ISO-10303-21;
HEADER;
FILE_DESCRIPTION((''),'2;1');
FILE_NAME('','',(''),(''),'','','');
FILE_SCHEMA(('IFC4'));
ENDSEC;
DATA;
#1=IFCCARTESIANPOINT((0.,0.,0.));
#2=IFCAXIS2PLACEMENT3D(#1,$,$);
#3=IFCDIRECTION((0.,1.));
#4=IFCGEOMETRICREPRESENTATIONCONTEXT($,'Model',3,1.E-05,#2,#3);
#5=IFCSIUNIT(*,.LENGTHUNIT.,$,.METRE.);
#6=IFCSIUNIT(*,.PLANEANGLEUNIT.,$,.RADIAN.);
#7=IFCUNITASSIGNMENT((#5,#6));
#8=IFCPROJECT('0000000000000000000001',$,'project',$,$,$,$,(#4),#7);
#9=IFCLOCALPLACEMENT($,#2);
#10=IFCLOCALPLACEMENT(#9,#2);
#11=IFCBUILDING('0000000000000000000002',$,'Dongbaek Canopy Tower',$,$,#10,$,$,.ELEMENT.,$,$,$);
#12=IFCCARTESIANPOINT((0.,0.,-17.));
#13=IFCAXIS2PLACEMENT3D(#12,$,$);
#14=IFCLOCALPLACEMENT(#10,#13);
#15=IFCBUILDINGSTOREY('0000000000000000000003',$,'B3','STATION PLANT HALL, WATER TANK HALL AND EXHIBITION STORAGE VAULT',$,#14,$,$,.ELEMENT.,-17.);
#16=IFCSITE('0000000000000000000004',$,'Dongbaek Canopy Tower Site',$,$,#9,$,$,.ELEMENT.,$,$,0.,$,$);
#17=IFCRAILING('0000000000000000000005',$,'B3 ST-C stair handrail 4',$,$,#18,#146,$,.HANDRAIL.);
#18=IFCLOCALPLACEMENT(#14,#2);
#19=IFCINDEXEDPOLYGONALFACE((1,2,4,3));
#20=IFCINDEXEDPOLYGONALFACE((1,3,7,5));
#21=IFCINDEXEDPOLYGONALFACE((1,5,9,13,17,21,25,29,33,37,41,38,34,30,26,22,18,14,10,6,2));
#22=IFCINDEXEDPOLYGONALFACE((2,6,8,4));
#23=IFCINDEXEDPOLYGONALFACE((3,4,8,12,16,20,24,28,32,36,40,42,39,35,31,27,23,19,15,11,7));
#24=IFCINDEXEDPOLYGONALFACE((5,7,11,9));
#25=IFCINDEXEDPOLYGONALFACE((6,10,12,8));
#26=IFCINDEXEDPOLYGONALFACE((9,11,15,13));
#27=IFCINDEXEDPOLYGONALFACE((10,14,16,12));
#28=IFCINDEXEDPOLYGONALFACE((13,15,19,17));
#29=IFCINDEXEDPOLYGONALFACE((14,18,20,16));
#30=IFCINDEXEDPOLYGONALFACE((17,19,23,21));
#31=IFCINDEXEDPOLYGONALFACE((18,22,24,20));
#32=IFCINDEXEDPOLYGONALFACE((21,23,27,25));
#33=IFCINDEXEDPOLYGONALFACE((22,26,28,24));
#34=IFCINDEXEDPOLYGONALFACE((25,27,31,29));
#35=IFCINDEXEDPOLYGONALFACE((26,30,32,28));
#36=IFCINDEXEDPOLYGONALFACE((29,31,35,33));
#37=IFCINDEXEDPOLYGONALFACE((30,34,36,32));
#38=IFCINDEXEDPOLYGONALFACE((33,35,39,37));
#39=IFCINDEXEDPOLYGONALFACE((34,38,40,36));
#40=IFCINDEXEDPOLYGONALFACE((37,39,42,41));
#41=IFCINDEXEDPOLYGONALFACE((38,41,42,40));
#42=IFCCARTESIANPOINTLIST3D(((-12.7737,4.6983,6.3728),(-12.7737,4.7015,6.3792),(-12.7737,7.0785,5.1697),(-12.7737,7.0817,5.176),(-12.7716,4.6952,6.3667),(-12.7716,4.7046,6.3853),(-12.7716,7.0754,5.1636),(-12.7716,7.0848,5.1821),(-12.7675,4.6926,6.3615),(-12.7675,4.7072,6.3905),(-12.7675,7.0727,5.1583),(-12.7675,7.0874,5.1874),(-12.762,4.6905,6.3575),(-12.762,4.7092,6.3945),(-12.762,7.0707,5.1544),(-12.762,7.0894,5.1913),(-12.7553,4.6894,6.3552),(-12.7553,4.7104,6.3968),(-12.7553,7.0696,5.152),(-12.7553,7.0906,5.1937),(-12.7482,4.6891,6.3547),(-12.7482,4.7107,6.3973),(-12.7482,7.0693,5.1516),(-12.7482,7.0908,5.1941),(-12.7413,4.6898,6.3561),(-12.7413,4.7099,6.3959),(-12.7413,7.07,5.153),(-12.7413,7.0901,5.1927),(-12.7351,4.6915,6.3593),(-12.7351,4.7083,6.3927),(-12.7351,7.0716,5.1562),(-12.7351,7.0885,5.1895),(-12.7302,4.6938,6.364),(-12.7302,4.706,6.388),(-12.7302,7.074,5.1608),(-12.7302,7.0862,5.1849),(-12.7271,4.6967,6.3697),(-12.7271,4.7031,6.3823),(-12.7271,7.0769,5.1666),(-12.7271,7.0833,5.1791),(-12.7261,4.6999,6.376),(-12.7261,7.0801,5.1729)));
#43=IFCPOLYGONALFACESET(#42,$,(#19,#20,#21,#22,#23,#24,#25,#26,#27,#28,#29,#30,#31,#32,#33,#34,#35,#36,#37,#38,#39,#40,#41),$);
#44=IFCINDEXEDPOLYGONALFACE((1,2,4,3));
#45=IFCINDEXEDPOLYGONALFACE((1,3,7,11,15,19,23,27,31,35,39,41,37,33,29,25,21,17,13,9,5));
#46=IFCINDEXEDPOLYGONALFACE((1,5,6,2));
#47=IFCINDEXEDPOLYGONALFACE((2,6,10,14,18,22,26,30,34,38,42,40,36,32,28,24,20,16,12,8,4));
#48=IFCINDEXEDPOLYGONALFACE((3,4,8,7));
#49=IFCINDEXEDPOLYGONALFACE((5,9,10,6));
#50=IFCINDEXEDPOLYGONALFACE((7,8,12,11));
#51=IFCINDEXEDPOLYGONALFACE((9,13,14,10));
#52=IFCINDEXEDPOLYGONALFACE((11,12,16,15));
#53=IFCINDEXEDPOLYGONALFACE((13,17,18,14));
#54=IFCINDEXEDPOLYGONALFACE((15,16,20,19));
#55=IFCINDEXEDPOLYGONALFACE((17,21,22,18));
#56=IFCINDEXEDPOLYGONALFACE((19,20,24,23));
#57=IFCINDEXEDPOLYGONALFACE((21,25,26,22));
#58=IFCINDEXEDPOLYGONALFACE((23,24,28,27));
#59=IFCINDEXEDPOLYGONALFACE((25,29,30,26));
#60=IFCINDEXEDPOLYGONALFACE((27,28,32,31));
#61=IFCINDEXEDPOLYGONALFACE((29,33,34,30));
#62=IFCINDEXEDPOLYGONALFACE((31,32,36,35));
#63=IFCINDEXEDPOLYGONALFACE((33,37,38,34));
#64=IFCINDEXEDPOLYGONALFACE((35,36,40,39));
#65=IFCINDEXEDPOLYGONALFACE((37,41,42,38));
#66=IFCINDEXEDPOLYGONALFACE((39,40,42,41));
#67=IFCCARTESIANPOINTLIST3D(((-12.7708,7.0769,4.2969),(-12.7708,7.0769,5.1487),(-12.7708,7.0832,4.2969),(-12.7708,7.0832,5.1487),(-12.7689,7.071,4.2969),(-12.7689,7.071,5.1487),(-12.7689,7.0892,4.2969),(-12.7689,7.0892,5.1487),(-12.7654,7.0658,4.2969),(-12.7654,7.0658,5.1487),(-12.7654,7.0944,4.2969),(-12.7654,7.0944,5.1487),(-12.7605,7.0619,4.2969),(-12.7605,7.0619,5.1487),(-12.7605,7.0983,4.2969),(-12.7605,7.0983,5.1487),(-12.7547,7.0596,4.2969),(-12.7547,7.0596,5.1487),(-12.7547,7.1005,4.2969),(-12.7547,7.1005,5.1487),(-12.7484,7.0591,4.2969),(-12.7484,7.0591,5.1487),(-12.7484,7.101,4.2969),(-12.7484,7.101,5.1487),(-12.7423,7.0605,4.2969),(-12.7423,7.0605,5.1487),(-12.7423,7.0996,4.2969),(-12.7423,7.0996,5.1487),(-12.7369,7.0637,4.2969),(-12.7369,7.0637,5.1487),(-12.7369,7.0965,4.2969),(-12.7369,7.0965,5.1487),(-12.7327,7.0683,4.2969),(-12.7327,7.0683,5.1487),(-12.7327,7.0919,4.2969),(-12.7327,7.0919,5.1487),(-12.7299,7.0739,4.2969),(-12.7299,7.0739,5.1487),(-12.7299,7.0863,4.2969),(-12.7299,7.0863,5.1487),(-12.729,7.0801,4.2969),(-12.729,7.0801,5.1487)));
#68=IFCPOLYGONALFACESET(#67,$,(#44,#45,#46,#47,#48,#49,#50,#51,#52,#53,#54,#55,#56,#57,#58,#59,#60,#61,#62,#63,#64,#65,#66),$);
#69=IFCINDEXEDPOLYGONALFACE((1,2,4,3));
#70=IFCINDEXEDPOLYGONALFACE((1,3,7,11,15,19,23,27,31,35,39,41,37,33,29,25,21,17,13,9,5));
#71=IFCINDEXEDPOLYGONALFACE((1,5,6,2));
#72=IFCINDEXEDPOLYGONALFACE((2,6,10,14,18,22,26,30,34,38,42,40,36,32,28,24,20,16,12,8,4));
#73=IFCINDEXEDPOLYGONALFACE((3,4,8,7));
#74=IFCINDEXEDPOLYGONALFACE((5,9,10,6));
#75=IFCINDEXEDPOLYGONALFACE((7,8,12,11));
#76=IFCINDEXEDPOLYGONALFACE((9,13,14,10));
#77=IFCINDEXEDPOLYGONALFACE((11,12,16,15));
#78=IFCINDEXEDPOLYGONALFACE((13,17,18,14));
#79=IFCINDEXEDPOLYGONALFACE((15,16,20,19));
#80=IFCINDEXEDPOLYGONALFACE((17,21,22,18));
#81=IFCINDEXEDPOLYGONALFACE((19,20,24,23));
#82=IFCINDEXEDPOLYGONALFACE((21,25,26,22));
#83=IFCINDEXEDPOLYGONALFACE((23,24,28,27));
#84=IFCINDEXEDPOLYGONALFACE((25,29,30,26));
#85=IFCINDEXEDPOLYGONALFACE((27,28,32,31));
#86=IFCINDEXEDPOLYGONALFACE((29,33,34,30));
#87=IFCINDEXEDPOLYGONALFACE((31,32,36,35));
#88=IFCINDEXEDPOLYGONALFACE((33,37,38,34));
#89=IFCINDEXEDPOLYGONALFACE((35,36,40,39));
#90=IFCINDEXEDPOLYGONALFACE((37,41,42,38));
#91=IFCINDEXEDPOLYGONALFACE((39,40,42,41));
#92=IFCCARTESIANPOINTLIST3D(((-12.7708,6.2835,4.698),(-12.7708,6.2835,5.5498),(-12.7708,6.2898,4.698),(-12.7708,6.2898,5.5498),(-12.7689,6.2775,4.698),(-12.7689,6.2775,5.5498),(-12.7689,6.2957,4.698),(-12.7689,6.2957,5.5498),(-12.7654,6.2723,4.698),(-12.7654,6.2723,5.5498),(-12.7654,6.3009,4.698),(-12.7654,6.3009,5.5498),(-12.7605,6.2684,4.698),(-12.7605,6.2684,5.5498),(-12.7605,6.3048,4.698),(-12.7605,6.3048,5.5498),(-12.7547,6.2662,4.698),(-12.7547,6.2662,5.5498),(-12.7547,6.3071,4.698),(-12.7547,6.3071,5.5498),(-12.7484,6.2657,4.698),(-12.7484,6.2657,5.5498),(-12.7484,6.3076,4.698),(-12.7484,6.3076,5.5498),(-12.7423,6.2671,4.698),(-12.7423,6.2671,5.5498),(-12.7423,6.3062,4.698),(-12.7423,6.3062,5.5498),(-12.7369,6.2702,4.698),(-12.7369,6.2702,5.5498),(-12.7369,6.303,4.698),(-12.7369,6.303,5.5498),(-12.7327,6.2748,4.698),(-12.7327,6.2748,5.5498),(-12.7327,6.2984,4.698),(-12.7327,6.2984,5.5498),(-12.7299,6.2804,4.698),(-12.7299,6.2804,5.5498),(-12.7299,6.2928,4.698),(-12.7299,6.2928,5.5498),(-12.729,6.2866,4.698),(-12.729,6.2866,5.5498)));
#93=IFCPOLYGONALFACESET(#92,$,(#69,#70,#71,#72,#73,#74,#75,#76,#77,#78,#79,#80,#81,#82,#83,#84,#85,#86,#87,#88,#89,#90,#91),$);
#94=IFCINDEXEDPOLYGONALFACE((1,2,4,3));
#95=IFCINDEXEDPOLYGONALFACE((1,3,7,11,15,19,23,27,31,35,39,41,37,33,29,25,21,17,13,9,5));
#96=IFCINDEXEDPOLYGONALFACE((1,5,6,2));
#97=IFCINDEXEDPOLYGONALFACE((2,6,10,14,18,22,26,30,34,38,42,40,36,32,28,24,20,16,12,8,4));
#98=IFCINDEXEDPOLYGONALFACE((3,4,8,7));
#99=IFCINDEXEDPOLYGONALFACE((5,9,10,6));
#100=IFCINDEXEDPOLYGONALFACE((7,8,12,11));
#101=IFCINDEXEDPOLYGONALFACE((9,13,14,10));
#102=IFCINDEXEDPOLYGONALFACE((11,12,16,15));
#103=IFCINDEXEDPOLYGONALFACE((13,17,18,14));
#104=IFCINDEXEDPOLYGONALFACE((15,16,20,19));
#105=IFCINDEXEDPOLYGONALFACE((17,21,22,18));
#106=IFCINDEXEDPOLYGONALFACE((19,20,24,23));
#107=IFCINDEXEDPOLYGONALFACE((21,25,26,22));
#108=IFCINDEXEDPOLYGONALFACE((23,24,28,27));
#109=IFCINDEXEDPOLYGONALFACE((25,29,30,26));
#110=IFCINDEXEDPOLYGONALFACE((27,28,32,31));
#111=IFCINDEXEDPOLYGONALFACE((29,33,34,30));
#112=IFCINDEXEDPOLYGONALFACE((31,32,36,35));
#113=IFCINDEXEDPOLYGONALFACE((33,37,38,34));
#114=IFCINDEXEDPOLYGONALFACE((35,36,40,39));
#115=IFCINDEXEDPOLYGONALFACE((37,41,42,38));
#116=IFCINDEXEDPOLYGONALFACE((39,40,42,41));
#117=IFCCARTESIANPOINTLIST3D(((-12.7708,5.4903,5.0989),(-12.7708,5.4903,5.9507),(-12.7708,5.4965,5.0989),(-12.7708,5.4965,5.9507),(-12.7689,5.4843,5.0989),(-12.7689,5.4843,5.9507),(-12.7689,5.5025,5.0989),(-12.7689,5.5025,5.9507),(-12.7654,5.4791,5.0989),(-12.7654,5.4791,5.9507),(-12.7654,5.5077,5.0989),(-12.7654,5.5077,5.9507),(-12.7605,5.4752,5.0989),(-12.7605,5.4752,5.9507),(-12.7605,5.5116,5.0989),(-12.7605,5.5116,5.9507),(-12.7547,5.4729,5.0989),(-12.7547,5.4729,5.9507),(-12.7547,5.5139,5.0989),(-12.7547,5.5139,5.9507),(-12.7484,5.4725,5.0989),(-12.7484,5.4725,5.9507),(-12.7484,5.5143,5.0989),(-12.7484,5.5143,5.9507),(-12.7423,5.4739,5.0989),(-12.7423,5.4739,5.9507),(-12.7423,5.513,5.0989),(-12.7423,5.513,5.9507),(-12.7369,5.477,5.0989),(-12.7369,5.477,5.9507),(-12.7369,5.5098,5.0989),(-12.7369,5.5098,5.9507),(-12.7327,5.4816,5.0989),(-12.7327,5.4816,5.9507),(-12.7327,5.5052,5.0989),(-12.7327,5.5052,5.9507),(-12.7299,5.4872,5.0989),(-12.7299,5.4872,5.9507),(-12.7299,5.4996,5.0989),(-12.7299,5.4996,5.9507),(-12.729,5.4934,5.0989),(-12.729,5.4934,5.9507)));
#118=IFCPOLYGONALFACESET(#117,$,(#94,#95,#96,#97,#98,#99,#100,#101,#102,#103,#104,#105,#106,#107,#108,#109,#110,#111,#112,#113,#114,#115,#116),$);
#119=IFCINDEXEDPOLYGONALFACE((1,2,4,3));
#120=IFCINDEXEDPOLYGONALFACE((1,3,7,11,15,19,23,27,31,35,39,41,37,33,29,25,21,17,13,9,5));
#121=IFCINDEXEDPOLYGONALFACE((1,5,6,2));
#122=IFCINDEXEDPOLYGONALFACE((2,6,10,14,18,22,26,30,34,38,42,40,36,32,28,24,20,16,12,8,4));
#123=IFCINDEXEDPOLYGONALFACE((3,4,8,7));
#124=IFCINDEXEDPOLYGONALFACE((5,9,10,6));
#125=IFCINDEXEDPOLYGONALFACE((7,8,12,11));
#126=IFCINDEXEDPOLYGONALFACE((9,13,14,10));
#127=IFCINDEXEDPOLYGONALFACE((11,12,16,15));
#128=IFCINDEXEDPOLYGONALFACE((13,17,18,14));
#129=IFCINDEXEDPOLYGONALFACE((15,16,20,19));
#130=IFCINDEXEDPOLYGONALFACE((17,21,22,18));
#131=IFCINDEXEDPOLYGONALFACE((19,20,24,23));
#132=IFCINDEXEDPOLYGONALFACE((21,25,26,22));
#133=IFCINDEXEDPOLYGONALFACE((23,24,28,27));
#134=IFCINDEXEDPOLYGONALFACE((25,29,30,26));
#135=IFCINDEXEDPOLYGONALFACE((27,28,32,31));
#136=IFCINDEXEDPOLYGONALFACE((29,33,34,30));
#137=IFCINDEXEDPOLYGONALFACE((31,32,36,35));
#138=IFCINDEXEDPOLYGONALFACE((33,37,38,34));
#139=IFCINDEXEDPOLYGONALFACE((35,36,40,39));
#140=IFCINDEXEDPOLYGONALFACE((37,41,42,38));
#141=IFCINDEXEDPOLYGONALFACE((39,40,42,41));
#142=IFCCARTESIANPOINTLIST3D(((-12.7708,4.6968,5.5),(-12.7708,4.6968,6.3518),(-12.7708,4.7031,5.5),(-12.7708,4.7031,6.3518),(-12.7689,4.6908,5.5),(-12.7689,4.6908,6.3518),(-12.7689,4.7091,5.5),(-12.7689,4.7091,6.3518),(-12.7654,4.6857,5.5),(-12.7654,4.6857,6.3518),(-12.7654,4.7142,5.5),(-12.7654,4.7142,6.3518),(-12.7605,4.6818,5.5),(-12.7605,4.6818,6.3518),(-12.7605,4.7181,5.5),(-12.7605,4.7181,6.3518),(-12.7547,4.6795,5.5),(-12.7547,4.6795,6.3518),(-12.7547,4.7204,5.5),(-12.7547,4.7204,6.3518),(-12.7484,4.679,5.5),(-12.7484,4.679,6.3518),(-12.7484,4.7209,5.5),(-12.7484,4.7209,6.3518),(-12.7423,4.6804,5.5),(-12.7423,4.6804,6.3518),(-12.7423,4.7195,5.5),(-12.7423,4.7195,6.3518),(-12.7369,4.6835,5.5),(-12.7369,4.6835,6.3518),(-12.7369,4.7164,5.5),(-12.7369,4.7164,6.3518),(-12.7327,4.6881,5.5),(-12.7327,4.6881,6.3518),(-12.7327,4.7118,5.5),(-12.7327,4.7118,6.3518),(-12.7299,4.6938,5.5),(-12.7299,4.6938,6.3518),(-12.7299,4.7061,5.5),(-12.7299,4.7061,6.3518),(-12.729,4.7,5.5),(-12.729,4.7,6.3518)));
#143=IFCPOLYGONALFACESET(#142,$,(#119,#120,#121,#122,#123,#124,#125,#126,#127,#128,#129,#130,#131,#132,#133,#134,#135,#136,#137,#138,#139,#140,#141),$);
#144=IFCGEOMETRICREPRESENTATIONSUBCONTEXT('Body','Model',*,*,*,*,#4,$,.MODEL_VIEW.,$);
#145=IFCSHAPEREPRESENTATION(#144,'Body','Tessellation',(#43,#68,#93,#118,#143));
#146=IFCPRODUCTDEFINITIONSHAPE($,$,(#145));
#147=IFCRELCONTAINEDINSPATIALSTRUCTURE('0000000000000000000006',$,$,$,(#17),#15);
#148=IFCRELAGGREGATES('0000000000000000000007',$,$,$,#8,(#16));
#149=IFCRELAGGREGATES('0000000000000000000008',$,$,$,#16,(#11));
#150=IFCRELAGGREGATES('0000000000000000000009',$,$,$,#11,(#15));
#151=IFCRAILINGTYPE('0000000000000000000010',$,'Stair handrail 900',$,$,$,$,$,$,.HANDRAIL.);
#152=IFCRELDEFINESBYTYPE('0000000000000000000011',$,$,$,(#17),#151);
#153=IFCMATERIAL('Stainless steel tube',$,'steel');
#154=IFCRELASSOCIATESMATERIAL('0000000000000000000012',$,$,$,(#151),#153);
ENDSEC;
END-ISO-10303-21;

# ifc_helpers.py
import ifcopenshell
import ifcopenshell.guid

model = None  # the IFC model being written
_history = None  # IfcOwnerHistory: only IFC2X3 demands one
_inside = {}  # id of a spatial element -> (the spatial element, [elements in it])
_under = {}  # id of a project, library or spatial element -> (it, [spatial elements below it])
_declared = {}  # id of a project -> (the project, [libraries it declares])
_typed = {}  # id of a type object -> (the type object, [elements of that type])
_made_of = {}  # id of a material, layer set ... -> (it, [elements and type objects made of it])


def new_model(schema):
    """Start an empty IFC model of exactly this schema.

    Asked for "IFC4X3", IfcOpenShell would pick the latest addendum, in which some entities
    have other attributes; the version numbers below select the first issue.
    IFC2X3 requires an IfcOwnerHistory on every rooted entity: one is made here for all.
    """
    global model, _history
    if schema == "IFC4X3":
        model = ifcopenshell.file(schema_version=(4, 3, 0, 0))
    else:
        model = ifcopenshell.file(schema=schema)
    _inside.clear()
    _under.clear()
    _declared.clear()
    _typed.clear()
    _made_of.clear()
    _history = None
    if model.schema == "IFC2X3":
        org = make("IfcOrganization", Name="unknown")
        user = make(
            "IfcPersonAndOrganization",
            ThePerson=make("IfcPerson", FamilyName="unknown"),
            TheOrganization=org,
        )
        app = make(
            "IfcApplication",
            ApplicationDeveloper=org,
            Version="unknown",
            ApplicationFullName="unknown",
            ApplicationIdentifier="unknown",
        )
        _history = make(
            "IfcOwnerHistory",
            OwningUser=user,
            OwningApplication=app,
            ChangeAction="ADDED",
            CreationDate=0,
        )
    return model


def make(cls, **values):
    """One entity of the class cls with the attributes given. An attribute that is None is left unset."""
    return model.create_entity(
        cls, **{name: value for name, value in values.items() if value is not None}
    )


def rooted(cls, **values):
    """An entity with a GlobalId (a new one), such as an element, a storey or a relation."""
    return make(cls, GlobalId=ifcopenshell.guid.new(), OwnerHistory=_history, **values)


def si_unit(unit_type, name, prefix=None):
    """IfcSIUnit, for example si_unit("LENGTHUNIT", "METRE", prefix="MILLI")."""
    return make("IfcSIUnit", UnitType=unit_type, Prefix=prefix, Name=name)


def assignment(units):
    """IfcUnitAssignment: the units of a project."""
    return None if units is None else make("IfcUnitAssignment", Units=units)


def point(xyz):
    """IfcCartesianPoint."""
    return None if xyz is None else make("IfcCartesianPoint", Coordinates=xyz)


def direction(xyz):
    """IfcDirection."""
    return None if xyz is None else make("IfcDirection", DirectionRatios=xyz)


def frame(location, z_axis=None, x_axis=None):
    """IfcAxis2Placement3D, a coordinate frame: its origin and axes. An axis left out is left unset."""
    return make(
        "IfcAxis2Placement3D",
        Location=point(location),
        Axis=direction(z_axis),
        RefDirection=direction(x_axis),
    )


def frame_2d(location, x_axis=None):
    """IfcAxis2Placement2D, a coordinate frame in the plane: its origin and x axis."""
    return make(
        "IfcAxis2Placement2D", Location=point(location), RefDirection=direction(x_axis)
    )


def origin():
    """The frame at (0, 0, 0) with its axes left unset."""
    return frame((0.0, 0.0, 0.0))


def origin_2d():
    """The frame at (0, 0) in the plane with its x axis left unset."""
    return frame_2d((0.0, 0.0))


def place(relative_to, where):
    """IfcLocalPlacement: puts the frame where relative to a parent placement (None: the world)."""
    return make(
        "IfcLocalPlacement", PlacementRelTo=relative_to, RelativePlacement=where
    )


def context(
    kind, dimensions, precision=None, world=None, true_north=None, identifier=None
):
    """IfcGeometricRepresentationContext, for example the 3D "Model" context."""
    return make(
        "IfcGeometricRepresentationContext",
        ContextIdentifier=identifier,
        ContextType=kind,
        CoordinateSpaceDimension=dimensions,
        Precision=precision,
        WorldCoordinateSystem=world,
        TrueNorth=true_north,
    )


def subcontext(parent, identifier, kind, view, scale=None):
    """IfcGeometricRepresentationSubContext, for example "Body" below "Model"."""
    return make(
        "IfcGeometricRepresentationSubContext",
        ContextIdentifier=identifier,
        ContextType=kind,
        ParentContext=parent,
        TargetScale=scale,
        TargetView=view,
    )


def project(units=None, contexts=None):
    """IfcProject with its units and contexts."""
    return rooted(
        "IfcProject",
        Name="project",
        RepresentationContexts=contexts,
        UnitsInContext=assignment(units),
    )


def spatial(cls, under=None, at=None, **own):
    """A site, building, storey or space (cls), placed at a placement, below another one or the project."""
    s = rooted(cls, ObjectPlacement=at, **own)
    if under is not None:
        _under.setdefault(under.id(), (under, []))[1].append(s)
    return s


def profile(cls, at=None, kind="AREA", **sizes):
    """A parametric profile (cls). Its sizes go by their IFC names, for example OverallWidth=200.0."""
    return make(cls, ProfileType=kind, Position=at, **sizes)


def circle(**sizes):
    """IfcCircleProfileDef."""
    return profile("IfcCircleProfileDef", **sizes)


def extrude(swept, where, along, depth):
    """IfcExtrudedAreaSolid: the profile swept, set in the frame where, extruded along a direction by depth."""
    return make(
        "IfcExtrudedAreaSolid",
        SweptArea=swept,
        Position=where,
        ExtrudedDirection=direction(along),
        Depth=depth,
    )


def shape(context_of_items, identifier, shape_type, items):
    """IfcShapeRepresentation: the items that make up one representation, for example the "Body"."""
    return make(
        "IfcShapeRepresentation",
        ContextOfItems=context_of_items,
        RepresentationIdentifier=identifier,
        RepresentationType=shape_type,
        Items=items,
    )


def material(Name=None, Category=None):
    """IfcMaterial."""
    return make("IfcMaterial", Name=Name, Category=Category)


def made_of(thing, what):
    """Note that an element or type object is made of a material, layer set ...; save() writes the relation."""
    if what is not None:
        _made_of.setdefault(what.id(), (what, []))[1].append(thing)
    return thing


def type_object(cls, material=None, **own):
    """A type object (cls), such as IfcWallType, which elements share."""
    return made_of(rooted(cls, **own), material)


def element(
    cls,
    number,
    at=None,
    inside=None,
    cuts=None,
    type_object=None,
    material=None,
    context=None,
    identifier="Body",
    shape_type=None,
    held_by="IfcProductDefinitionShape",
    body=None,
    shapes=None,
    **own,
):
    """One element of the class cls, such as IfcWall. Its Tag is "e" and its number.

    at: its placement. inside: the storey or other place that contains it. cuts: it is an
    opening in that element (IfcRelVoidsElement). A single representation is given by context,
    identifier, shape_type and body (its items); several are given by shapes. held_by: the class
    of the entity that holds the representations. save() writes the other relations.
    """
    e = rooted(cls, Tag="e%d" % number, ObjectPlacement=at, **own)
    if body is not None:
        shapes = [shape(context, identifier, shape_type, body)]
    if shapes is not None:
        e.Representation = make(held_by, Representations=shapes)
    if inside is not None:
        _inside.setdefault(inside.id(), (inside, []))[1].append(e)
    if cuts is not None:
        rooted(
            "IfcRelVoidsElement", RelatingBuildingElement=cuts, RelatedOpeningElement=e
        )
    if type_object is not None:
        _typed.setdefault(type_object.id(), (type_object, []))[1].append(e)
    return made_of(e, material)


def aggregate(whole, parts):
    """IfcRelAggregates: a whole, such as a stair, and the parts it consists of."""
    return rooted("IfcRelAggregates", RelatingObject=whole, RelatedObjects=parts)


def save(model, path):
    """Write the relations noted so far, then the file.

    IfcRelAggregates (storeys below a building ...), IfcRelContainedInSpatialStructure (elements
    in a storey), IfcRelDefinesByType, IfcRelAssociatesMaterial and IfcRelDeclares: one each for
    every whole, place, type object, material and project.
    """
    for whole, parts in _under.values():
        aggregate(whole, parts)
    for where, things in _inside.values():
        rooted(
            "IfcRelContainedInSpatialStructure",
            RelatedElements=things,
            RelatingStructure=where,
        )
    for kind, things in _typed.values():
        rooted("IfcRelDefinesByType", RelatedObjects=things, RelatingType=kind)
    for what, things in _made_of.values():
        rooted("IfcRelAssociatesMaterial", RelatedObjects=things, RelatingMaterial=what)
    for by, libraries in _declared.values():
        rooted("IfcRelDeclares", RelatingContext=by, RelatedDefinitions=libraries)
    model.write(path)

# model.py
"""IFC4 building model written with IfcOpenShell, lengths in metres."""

from ifc_helpers import new_model, si_unit, direction, frame, origin, origin_2d, place, context, subcontext, project, spatial, circle, extrude, material, type_object, element, save


model = new_model("IFC4")

# Units and contexts
model_context = context("Model", 3, precision=1e-05, world=origin(), true_north=direction((0.0, 1.0)))
body_context = subcontext(model_context, "Body", "Model", "MODEL_VIEW")
ifc_project = project(units=[si_unit("LENGTHUNIT", "METRE"), si_unit("PLANEANGLEUNIT", "RADIAN")], contexts=[model_context])

# Site, building, storey
site_placement = place(None, origin())
site = spatial("IfcSite", under=ifc_project, at=site_placement, Name="Dongbaek Canopy Tower Site", CompositionType="ELEMENT", RefElevation=0.0)
building_placement = place(site_placement, origin())
building = spatial("IfcBuilding", under=site, at=building_placement, Name="Dongbaek Canopy Tower", CompositionType="ELEMENT")
storey_placement = place(building_placement, frame((0.0, 0.0, -17.0)))
storey = spatial("IfcBuildingStorey", under=building, at=storey_placement, Name="B3", Description="STATION PLANT HALL, WATER TANK HALL AND EXHIBITION STORAGE VAULT", CompositionType="ELEMENT", Elevation=-17.0)

# Railing
ifc_material_1 = material(Name="Stainless steel tube", Category="steel")
railing_type_1 = type_object("IfcRailingType", Name="Stair handrail 900", PredefinedType="HANDRAIL", material=ifc_material_1)
for number, where, name in (
    (1, (-12.75, 7.0801, 4.2969), "B3 ST-C stair handrail 4"),
):
    element("IfcRailing", number, at=place(storey_placement, frame(where)), inside=storey, type_object=railing_type_1, Name=name, PredefinedType="HANDRAIL", context=body_context, shape_type="SweptSolid", body=[
        extrude(circle(Radius=0.0239, at=origin_2d()), frame((0.0, 0.0, 0.876), z_axis=(0.0, -0.89246, 0.451127), x_axis=(1.0, 0.0, 0.0)), (0.0, 0.0, 1.0), 2.667),
        extrude(circle(Radius=0.021, at=origin_2d()), origin(), (0.0, 0.0, 1.0), 0.8518),
        extrude(circle(Radius=0.021, at=origin_2d()), frame((0.0, -0.7935, 0.4011)), (0.0, 0.0, 1.0), 0.8518),
        extrude(circle(Radius=0.021, at=origin_2d()), frame((0.0, -1.5867, 0.802)), (0.0, 0.0, 1.0), 0.8518),
        extrude(circle(Radius=0.021, at=origin_2d()), frame((0.0, -2.3801, 1.2031)), (0.0, 0.0, 1.0), 0.8518),
    ])

save(model, "model.ifc")
